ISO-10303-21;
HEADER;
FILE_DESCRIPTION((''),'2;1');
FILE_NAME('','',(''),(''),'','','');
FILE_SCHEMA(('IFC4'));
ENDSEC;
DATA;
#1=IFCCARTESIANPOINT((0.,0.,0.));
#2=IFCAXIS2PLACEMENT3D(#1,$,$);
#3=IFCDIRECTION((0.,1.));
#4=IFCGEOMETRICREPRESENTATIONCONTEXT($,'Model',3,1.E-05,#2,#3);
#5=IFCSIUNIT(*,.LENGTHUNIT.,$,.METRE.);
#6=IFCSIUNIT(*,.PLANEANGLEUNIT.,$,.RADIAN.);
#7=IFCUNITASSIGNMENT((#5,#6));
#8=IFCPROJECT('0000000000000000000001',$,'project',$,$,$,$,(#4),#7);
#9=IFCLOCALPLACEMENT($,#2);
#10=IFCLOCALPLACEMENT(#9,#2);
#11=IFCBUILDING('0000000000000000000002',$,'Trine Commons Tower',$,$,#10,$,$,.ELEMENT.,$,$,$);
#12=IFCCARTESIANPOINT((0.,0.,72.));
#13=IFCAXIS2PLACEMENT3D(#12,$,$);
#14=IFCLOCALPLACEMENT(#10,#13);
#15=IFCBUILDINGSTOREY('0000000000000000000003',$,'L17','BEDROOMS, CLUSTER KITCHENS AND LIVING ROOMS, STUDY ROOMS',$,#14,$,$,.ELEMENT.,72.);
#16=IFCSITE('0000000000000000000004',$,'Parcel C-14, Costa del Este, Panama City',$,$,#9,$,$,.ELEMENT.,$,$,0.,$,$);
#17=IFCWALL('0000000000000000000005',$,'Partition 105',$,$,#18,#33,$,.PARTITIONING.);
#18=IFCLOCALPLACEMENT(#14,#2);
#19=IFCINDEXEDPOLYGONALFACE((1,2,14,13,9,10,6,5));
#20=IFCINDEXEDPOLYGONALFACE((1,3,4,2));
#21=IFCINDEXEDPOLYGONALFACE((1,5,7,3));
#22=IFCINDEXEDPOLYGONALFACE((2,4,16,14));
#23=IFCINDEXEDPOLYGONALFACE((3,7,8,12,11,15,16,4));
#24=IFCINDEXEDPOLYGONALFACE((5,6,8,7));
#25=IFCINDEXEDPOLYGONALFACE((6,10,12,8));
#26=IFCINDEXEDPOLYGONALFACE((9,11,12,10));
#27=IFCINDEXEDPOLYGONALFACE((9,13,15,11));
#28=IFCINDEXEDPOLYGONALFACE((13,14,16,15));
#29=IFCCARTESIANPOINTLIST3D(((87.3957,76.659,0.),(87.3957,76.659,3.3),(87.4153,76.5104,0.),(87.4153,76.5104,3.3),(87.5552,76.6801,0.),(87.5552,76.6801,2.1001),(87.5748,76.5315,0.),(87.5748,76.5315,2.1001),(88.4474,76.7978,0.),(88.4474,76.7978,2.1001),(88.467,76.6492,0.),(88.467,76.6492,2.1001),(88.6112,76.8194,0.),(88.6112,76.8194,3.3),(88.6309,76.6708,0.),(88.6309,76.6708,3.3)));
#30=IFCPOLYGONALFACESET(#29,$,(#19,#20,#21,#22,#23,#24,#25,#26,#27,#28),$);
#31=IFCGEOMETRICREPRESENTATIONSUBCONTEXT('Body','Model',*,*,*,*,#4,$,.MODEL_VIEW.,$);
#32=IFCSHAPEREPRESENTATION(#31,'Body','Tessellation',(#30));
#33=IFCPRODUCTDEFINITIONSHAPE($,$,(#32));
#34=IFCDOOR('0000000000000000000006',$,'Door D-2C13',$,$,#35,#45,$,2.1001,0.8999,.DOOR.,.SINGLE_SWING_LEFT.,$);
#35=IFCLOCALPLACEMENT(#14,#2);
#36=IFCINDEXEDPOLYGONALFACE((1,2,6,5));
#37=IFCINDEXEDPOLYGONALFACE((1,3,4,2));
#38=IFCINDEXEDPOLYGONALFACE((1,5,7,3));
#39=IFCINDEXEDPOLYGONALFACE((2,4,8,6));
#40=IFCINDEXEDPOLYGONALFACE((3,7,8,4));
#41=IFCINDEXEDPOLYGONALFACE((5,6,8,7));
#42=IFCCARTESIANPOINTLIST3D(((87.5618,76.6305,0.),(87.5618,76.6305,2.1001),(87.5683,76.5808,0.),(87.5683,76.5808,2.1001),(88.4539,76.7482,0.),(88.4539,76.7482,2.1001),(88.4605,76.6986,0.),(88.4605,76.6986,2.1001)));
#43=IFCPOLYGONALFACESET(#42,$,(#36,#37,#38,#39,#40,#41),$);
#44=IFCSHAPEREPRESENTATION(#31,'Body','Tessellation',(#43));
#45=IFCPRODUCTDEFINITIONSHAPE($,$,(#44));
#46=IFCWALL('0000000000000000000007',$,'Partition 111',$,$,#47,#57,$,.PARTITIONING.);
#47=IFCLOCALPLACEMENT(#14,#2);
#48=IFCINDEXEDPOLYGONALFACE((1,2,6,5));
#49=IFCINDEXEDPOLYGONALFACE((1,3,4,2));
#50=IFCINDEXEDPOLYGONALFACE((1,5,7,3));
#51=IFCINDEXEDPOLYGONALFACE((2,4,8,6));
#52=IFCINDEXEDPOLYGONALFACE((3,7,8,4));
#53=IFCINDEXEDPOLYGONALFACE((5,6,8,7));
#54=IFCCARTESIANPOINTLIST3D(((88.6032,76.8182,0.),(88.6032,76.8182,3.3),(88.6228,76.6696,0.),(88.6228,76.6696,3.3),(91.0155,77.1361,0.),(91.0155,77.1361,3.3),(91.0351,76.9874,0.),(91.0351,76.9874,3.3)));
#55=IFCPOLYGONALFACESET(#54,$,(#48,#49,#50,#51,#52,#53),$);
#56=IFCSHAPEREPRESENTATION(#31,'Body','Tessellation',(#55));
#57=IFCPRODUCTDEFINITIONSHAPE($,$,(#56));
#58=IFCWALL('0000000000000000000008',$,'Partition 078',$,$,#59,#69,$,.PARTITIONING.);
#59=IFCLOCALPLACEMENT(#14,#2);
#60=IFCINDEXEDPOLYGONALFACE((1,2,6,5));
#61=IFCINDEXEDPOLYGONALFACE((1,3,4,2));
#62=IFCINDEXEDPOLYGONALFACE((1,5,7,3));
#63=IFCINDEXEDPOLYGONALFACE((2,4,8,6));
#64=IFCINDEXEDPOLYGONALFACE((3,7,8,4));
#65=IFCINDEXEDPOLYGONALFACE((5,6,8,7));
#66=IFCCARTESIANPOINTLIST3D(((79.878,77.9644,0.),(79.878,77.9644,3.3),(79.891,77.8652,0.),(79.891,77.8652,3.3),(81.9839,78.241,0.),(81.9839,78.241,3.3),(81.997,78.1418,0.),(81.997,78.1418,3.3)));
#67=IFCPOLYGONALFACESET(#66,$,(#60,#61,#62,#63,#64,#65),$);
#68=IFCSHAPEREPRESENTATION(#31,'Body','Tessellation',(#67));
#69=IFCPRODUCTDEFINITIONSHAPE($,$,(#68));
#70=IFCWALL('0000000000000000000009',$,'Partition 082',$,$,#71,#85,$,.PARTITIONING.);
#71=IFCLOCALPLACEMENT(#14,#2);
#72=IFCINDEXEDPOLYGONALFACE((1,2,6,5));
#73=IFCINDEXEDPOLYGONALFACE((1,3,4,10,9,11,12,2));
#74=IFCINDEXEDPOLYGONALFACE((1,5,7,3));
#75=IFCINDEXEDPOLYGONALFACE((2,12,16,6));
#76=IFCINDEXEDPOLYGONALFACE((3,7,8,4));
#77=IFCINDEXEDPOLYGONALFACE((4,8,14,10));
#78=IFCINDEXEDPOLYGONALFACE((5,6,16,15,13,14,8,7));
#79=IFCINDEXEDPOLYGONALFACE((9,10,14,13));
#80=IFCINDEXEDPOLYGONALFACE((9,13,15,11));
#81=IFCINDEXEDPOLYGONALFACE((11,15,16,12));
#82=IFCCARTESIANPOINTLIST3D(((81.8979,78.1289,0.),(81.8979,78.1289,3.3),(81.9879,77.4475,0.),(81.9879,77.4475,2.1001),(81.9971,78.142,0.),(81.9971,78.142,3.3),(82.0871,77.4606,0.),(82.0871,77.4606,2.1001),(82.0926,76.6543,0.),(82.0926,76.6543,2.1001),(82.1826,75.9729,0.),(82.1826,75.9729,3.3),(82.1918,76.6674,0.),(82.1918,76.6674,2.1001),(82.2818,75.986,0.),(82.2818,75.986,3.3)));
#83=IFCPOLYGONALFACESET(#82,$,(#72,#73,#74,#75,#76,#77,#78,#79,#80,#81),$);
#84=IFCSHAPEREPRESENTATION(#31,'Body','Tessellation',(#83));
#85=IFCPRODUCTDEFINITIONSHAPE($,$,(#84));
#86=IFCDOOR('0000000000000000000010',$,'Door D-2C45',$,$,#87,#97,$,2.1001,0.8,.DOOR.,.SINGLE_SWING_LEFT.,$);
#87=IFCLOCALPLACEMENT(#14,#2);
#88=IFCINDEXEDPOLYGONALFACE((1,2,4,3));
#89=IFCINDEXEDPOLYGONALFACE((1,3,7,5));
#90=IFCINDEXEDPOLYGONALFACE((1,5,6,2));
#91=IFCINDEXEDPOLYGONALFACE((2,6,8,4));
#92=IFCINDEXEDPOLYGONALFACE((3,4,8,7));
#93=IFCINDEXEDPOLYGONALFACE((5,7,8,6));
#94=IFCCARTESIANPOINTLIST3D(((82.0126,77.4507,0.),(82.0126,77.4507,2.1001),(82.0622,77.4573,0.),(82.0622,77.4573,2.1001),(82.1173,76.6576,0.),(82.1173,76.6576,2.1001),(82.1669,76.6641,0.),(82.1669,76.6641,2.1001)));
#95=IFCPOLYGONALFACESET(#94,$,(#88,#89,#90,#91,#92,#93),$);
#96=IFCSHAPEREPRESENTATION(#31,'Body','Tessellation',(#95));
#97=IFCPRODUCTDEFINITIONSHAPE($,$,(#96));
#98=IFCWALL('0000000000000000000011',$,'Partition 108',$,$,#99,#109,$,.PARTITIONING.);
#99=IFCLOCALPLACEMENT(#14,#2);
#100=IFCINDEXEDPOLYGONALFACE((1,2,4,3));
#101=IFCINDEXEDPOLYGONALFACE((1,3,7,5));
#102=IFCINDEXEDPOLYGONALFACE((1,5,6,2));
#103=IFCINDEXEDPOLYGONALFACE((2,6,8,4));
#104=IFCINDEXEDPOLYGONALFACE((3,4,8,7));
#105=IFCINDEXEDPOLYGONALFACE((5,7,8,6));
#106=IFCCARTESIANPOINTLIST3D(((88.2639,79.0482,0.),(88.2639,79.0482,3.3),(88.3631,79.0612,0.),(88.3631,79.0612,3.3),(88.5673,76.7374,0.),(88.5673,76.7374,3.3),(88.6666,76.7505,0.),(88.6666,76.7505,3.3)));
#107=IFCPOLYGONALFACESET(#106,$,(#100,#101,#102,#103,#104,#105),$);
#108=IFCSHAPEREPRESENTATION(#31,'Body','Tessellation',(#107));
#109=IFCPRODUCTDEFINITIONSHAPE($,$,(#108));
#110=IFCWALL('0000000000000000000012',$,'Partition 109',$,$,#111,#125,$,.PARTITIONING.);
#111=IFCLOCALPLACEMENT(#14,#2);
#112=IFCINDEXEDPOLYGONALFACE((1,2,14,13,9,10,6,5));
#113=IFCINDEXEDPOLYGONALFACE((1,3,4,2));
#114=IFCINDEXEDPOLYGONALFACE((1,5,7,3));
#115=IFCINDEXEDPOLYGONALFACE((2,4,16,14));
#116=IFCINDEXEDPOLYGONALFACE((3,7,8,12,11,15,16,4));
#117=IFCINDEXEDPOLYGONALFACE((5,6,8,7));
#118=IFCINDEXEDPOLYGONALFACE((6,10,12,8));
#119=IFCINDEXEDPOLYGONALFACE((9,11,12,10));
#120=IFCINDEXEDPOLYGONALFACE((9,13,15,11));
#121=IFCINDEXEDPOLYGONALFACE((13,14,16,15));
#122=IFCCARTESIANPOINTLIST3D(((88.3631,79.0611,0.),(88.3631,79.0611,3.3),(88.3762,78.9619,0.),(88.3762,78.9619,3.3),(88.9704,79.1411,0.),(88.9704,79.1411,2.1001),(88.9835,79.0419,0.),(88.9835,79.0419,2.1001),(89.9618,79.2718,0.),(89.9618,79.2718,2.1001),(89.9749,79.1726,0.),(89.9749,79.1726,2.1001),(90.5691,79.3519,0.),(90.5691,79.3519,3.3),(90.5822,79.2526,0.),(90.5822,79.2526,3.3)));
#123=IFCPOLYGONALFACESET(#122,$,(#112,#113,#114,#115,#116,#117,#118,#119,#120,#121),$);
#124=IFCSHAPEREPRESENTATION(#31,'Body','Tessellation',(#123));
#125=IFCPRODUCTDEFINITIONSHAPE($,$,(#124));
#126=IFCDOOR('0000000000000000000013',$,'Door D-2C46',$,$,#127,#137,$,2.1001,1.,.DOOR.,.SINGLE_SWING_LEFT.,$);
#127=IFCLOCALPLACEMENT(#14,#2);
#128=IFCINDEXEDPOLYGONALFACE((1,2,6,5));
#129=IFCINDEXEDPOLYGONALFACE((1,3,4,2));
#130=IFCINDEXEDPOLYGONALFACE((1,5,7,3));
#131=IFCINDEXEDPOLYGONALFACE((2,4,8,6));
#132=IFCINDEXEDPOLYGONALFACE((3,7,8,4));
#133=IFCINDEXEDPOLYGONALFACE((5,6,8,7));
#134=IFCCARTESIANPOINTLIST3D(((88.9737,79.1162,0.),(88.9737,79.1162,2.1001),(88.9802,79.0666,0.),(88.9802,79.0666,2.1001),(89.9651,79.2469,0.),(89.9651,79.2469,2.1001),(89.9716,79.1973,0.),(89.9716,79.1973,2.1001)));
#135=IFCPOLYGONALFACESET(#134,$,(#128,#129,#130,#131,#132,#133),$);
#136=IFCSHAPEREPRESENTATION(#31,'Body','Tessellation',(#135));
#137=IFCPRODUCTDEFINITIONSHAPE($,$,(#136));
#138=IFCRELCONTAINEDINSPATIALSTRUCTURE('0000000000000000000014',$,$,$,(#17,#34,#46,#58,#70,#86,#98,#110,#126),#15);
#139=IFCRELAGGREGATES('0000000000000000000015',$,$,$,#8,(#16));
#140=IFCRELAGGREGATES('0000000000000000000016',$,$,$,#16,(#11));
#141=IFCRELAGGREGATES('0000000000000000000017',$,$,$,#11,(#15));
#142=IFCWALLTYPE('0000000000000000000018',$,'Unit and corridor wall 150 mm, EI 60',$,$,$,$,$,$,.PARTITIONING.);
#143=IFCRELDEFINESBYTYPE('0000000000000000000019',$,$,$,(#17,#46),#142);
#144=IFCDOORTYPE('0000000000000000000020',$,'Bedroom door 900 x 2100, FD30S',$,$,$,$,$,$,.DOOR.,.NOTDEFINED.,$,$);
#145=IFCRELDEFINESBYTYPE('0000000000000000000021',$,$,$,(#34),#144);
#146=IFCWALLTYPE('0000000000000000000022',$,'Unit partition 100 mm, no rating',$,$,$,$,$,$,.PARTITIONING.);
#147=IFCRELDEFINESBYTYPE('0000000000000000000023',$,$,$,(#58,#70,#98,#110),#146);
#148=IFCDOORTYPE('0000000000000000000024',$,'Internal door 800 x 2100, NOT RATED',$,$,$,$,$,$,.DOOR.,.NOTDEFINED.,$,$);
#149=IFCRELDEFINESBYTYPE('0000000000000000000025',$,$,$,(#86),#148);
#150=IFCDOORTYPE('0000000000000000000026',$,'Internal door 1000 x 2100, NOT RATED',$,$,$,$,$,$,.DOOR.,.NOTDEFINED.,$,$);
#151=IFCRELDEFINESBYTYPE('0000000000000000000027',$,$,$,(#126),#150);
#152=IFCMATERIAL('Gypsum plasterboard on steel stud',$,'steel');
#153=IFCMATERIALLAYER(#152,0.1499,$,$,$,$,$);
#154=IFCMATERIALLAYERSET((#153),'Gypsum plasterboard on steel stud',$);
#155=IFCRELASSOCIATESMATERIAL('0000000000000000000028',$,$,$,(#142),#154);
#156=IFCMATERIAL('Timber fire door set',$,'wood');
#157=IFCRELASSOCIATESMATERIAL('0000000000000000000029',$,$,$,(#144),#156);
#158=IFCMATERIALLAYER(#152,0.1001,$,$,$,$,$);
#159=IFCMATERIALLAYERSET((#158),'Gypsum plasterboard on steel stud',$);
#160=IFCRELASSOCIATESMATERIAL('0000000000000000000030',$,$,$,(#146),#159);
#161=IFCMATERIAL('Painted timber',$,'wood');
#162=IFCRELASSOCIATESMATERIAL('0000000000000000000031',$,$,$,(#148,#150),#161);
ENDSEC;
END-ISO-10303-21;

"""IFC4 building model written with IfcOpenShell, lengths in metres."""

from ifc_helpers import new_model, si_unit, direction, frame, frame_2d, origin, place, context, subcontext, project, spatial, rectangle, extrude, material, layer, layer_set, type_object, element, fill, save


model = new_model("IFC4")

# Units and contexts
model_context = context("Model", 3, precision=1e-05, world=origin(), true_north=direction((0.0, 1.0)))
body_context = subcontext(model_context, "Body", "Model", "MODEL_VIEW")
ifc_project = project(units=[si_unit("LENGTHUNIT", "METRE"), si_unit("PLANEANGLEUNIT", "RADIAN")], contexts=[model_context])

# Site, building, storey
site_placement = place(None, origin())
site = spatial("IfcSite", under=ifc_project, at=site_placement, Name="Parcel C-14, Costa del Este, Panama City", CompositionType="ELEMENT", RefElevation=0.0)
building_placement = place(site_placement, origin())
building = spatial("IfcBuilding", under=site, at=building_placement, Name="Trine Commons Tower", CompositionType="ELEMENT")
storey_placement = place(building_placement, frame((0.0, 0.0, 72.0)))
storey = spatial("IfcBuildingStorey", under=building, at=storey_placement, Name="L17", Description="BEDROOMS, CLUSTER KITCHENS AND LIVING ROOMS, STUDY ROOMS", CompositionType="ELEMENT", Elevation=72.0)

# Shared definitions
ifc_material_1 = material(Name="Gypsum plasterboard on steel stud", Category="steel")
ifc_layer_1 = layer(ifc_material_1, 0.1499)
ifc_layer_set_1 = layer_set([ifc_layer_1], Name="Gypsum plasterboard on steel stud")
wall_type_1 = type_object("IfcWallType", Name="Unit and corridor wall 150 mm, EI 60", PredefinedType="PARTITIONING", material=ifc_layer_set_1)
ifc_material_2 = material(Name="Timber fire door set", Category="wood")
door_type_1 = type_object("IfcDoorType", Name="Bedroom door 900 x 2100, FD30S", OperationType="NOTDEFINED", PredefinedType="DOOR", material=ifc_material_2)

# Wall, opening, door
wall_1_placement = place(storey_placement, frame((87.4055, 76.5847, 0.0), z_axis=(0.0, 0.0, 1.0), x_axis=(0.991406, 0.13082, 0.0)))
wall_1 = element("IfcWall", 1, at=wall_1_placement, inside=storey, type_object=wall_type_1, Name="Partition 105", PredefinedType="PARTITIONING", context=body_context, shape_type="SweptSolid", body=[
    extrude(rectangle(XDim=1.2261, YDim=0.1499, at=frame_2d((0.613, 0.0))), origin(), (0.0, 0.0, 1.0), 3.3),
])
opening_1_placement = place(wall_1_placement, frame((0.1609, 0.0, 0.0)))
opening_1 = element("IfcOpeningElement", 2, at=opening_1_placement, cuts=wall_1, PredefinedType="OPENING", context=body_context, shape_type="SweptSolid", body=[
    extrude(rectangle(XDim=0.8999, YDim=2.1001, at=frame_2d((0.45, 1.05))), frame((0.0, 0.085, 0.0), z_axis=(0.0, -1.0, 0.0), x_axis=(1.0, 0.0, 0.0)), (0.0, 0.0, 1.0), 0.1699),
])
door_1_placement = place(opening_1_placement, origin())
door_1 = element("IfcDoor", 3, at=door_1_placement, inside=storey, type_object=door_type_1, Name="Door D-2C13", OperationType="SINGLE_SWING_LEFT", OverallHeight=2.1001, OverallWidth=0.8999, PredefinedType="DOOR", context=body_context, shape_type="SweptSolid", body=[
    extrude(rectangle(XDim=0.8999, YDim=2.1001, at=frame_2d((0.45, 1.05))), frame((0.0, 0.0249, 0.0), z_axis=(0.0, -1.0, 0.0), x_axis=(1.0, 0.0, 0.0)), (0.0, 0.0, 1.0), 0.05),
])
fill(opening_1, door_1)

# Walls
wall_2_placement = place(storey_placement, frame((88.613, 76.7439, 0.0), z_axis=(0.0, 0.0, 1.0), x_axis=(0.99143, 0.130639, 0.0)))
element("IfcWall", 4, at=wall_2_placement, inside=storey, type_object=wall_type_1, Name="Partition 111", PredefinedType="PARTITIONING", context=body_context, shape_type="SweptSolid", body=[
    extrude(rectangle(XDim=2.4331, YDim=0.1499, at=frame_2d((1.2166, 0.0))), origin(), (0.0, 0.0, 1.0), 3.3),
])
ifc_layer_2 = layer(ifc_material_1, 0.1001)
ifc_layer_set_2 = layer_set([ifc_layer_2], Name="Gypsum plasterboard on steel stud")
wall_type_2 = type_object("IfcWallType", Name="Unit partition 100 mm, no rating", PredefinedType="PARTITIONING", material=ifc_layer_set_2)
wall_3_placement = place(storey_placement, frame((79.8845, 77.9148, 0.0), z_axis=(0.0, 0.0, 1.0), x_axis=(0.991484, 0.130229, 0.0)))
element("IfcWall", 5, at=wall_3_placement, inside=storey, type_object=wall_type_2, Name="Partition 078", PredefinedType="PARTITIONING", context=body_context, shape_type="SweptSolid", body=[
    extrude(rectangle(XDim=2.124, YDim=0.1001, at=frame_2d((1.062, 0.0))), origin(), (0.0, 0.0, 1.0), 3.3),
])

# Wall, opening, door
wall_4_placement = place(storey_placement, frame((81.9475, 78.1355, 0.0), z_axis=(0.0, 0.0, 1.0), x_axis=(0.130899, -0.991396, 0.0)))
wall_4 = element("IfcWall", 6, at=wall_4_placement, inside=storey, type_object=wall_type_2, Name="Partition 082", PredefinedType="PARTITIONING", context=body_context, shape_type="SweptSolid", body=[
    extrude(rectangle(XDim=2.1748, YDim=0.1001, at=frame_2d((1.0874, 0.0))), origin(), (0.0, 0.0, 1.0), 3.3),
])
opening_2_placement = place(wall_4_placement, frame((0.6875, 0.0, 0.0)))
opening_2 = element("IfcOpeningElement", 7, at=opening_2_placement, cuts=wall_4, PredefinedType="OPENING", context=body_context, shape_type="SweptSolid", body=[
    extrude(rectangle(XDim=0.8, YDim=2.1001, at=frame_2d((0.3999, 1.05))), frame((0.0, 0.0601, 0.0), z_axis=(0.0, -1.0, 0.0), x_axis=(1.0, 0.0, 0.0)), (0.0, 0.0, 1.0), 0.1201),
])
ifc_material_3 = material(Name="Painted timber", Category="wood")
door_type_2 = type_object("IfcDoorType", Name="Internal door 800 x 2100, NOT RATED", OperationType="NOTDEFINED", PredefinedType="DOOR", material=ifc_material_3)
door_2_placement = place(opening_2_placement, origin())
door_2 = element("IfcDoor", 8, at=door_2_placement, inside=storey, type_object=door_type_2, Name="Door D-2C45", OperationType="SINGLE_SWING_LEFT", OverallHeight=2.1001, OverallWidth=0.8, PredefinedType="DOOR", context=body_context, shape_type="SweptSolid", body=[
    extrude(rectangle(XDim=0.8, YDim=2.1001, at=frame_2d((0.3999, 1.05))), frame((0.0, 0.0249, 0.0), z_axis=(0.0, -1.0, 0.0), x_axis=(1.0, 0.0, 0.0)), (0.0, 0.0, 1.0), 0.05),
])
fill(opening_2, door_2)

# Wall
wall_5_placement = place(storey_placement, frame((88.3135, 79.0547, 0.0), z_axis=(0.0, 0.0, 1.0), x_axis=(0.130208, -0.991487, 0.0)))
element("IfcWall", 9, at=wall_5_placement, inside=storey, type_object=wall_type_2, Name="Partition 108", PredefinedType="PARTITIONING", context=body_context, shape_type="SweptSolid", body=[
    extrude(rectangle(XDim=2.3306, YDim=0.1001, at=frame_2d((1.1653, 0.0))), origin(), (0.0, 0.0, 1.0), 3.3),
])

# Wall, opening, door
wall_6_placement = place(storey_placement, frame((88.3696, 79.0115, 0.0), z_axis=(0.0, 0.0, 1.0), x_axis=(0.991425, 0.130676, 0.0)))
wall_6 = element("IfcWall", 10, at=wall_6_placement, inside=storey, type_object=wall_type_2, Name="Partition 109", PredefinedType="PARTITIONING", context=body_context, shape_type="SweptSolid", body=[
    extrude(rectangle(XDim=2.2251, YDim=0.1001, at=frame_2d((1.1125, 0.0))), origin(), (0.0, 0.0, 1.0), 3.3),
])
opening_3_placement = place(wall_6_placement, frame((0.6125, 0.0, 0.0)))
opening_3 = element("IfcOpeningElement", 11, at=opening_3_placement, cuts=wall_6, PredefinedType="OPENING", context=body_context, shape_type="SweptSolid", body=[
    extrude(rectangle(XDim=1.0, YDim=2.1001, at=frame_2d((0.5, 1.05))), frame((0.0, 0.0601, 0.0), z_axis=(0.0, -1.0, 0.0), x_axis=(1.0, 0.0, 0.0)), (0.0, 0.0, 1.0), 0.1201),
])
door_type_3 = type_object("IfcDoorType", Name="Internal door 1000 x 2100, NOT RATED", OperationType="NOTDEFINED", PredefinedType="DOOR", material=ifc_material_3)
door_3_placement = place(opening_3_placement, origin())
door_3 = element("IfcDoor", 12, at=door_3_placement, inside=storey, type_object=door_type_3, Name="Door D-2C46", OperationType="SINGLE_SWING_LEFT", OverallHeight=2.1001, OverallWidth=1.0, PredefinedType="DOOR", context=body_context, shape_type="SweptSolid", body=[
    extrude(rectangle(XDim=1.0, YDim=2.1001, at=frame_2d((0.5, 1.05))), frame((0.0, 0.0249, 0.0), z_axis=(0.0, -1.0, 0.0), x_axis=(1.0, 0.0, 0.0)), (0.0, 0.0, 1.0), 0.05),
])
fill(opening_3, door_3)

save(model, "model.ifc")
